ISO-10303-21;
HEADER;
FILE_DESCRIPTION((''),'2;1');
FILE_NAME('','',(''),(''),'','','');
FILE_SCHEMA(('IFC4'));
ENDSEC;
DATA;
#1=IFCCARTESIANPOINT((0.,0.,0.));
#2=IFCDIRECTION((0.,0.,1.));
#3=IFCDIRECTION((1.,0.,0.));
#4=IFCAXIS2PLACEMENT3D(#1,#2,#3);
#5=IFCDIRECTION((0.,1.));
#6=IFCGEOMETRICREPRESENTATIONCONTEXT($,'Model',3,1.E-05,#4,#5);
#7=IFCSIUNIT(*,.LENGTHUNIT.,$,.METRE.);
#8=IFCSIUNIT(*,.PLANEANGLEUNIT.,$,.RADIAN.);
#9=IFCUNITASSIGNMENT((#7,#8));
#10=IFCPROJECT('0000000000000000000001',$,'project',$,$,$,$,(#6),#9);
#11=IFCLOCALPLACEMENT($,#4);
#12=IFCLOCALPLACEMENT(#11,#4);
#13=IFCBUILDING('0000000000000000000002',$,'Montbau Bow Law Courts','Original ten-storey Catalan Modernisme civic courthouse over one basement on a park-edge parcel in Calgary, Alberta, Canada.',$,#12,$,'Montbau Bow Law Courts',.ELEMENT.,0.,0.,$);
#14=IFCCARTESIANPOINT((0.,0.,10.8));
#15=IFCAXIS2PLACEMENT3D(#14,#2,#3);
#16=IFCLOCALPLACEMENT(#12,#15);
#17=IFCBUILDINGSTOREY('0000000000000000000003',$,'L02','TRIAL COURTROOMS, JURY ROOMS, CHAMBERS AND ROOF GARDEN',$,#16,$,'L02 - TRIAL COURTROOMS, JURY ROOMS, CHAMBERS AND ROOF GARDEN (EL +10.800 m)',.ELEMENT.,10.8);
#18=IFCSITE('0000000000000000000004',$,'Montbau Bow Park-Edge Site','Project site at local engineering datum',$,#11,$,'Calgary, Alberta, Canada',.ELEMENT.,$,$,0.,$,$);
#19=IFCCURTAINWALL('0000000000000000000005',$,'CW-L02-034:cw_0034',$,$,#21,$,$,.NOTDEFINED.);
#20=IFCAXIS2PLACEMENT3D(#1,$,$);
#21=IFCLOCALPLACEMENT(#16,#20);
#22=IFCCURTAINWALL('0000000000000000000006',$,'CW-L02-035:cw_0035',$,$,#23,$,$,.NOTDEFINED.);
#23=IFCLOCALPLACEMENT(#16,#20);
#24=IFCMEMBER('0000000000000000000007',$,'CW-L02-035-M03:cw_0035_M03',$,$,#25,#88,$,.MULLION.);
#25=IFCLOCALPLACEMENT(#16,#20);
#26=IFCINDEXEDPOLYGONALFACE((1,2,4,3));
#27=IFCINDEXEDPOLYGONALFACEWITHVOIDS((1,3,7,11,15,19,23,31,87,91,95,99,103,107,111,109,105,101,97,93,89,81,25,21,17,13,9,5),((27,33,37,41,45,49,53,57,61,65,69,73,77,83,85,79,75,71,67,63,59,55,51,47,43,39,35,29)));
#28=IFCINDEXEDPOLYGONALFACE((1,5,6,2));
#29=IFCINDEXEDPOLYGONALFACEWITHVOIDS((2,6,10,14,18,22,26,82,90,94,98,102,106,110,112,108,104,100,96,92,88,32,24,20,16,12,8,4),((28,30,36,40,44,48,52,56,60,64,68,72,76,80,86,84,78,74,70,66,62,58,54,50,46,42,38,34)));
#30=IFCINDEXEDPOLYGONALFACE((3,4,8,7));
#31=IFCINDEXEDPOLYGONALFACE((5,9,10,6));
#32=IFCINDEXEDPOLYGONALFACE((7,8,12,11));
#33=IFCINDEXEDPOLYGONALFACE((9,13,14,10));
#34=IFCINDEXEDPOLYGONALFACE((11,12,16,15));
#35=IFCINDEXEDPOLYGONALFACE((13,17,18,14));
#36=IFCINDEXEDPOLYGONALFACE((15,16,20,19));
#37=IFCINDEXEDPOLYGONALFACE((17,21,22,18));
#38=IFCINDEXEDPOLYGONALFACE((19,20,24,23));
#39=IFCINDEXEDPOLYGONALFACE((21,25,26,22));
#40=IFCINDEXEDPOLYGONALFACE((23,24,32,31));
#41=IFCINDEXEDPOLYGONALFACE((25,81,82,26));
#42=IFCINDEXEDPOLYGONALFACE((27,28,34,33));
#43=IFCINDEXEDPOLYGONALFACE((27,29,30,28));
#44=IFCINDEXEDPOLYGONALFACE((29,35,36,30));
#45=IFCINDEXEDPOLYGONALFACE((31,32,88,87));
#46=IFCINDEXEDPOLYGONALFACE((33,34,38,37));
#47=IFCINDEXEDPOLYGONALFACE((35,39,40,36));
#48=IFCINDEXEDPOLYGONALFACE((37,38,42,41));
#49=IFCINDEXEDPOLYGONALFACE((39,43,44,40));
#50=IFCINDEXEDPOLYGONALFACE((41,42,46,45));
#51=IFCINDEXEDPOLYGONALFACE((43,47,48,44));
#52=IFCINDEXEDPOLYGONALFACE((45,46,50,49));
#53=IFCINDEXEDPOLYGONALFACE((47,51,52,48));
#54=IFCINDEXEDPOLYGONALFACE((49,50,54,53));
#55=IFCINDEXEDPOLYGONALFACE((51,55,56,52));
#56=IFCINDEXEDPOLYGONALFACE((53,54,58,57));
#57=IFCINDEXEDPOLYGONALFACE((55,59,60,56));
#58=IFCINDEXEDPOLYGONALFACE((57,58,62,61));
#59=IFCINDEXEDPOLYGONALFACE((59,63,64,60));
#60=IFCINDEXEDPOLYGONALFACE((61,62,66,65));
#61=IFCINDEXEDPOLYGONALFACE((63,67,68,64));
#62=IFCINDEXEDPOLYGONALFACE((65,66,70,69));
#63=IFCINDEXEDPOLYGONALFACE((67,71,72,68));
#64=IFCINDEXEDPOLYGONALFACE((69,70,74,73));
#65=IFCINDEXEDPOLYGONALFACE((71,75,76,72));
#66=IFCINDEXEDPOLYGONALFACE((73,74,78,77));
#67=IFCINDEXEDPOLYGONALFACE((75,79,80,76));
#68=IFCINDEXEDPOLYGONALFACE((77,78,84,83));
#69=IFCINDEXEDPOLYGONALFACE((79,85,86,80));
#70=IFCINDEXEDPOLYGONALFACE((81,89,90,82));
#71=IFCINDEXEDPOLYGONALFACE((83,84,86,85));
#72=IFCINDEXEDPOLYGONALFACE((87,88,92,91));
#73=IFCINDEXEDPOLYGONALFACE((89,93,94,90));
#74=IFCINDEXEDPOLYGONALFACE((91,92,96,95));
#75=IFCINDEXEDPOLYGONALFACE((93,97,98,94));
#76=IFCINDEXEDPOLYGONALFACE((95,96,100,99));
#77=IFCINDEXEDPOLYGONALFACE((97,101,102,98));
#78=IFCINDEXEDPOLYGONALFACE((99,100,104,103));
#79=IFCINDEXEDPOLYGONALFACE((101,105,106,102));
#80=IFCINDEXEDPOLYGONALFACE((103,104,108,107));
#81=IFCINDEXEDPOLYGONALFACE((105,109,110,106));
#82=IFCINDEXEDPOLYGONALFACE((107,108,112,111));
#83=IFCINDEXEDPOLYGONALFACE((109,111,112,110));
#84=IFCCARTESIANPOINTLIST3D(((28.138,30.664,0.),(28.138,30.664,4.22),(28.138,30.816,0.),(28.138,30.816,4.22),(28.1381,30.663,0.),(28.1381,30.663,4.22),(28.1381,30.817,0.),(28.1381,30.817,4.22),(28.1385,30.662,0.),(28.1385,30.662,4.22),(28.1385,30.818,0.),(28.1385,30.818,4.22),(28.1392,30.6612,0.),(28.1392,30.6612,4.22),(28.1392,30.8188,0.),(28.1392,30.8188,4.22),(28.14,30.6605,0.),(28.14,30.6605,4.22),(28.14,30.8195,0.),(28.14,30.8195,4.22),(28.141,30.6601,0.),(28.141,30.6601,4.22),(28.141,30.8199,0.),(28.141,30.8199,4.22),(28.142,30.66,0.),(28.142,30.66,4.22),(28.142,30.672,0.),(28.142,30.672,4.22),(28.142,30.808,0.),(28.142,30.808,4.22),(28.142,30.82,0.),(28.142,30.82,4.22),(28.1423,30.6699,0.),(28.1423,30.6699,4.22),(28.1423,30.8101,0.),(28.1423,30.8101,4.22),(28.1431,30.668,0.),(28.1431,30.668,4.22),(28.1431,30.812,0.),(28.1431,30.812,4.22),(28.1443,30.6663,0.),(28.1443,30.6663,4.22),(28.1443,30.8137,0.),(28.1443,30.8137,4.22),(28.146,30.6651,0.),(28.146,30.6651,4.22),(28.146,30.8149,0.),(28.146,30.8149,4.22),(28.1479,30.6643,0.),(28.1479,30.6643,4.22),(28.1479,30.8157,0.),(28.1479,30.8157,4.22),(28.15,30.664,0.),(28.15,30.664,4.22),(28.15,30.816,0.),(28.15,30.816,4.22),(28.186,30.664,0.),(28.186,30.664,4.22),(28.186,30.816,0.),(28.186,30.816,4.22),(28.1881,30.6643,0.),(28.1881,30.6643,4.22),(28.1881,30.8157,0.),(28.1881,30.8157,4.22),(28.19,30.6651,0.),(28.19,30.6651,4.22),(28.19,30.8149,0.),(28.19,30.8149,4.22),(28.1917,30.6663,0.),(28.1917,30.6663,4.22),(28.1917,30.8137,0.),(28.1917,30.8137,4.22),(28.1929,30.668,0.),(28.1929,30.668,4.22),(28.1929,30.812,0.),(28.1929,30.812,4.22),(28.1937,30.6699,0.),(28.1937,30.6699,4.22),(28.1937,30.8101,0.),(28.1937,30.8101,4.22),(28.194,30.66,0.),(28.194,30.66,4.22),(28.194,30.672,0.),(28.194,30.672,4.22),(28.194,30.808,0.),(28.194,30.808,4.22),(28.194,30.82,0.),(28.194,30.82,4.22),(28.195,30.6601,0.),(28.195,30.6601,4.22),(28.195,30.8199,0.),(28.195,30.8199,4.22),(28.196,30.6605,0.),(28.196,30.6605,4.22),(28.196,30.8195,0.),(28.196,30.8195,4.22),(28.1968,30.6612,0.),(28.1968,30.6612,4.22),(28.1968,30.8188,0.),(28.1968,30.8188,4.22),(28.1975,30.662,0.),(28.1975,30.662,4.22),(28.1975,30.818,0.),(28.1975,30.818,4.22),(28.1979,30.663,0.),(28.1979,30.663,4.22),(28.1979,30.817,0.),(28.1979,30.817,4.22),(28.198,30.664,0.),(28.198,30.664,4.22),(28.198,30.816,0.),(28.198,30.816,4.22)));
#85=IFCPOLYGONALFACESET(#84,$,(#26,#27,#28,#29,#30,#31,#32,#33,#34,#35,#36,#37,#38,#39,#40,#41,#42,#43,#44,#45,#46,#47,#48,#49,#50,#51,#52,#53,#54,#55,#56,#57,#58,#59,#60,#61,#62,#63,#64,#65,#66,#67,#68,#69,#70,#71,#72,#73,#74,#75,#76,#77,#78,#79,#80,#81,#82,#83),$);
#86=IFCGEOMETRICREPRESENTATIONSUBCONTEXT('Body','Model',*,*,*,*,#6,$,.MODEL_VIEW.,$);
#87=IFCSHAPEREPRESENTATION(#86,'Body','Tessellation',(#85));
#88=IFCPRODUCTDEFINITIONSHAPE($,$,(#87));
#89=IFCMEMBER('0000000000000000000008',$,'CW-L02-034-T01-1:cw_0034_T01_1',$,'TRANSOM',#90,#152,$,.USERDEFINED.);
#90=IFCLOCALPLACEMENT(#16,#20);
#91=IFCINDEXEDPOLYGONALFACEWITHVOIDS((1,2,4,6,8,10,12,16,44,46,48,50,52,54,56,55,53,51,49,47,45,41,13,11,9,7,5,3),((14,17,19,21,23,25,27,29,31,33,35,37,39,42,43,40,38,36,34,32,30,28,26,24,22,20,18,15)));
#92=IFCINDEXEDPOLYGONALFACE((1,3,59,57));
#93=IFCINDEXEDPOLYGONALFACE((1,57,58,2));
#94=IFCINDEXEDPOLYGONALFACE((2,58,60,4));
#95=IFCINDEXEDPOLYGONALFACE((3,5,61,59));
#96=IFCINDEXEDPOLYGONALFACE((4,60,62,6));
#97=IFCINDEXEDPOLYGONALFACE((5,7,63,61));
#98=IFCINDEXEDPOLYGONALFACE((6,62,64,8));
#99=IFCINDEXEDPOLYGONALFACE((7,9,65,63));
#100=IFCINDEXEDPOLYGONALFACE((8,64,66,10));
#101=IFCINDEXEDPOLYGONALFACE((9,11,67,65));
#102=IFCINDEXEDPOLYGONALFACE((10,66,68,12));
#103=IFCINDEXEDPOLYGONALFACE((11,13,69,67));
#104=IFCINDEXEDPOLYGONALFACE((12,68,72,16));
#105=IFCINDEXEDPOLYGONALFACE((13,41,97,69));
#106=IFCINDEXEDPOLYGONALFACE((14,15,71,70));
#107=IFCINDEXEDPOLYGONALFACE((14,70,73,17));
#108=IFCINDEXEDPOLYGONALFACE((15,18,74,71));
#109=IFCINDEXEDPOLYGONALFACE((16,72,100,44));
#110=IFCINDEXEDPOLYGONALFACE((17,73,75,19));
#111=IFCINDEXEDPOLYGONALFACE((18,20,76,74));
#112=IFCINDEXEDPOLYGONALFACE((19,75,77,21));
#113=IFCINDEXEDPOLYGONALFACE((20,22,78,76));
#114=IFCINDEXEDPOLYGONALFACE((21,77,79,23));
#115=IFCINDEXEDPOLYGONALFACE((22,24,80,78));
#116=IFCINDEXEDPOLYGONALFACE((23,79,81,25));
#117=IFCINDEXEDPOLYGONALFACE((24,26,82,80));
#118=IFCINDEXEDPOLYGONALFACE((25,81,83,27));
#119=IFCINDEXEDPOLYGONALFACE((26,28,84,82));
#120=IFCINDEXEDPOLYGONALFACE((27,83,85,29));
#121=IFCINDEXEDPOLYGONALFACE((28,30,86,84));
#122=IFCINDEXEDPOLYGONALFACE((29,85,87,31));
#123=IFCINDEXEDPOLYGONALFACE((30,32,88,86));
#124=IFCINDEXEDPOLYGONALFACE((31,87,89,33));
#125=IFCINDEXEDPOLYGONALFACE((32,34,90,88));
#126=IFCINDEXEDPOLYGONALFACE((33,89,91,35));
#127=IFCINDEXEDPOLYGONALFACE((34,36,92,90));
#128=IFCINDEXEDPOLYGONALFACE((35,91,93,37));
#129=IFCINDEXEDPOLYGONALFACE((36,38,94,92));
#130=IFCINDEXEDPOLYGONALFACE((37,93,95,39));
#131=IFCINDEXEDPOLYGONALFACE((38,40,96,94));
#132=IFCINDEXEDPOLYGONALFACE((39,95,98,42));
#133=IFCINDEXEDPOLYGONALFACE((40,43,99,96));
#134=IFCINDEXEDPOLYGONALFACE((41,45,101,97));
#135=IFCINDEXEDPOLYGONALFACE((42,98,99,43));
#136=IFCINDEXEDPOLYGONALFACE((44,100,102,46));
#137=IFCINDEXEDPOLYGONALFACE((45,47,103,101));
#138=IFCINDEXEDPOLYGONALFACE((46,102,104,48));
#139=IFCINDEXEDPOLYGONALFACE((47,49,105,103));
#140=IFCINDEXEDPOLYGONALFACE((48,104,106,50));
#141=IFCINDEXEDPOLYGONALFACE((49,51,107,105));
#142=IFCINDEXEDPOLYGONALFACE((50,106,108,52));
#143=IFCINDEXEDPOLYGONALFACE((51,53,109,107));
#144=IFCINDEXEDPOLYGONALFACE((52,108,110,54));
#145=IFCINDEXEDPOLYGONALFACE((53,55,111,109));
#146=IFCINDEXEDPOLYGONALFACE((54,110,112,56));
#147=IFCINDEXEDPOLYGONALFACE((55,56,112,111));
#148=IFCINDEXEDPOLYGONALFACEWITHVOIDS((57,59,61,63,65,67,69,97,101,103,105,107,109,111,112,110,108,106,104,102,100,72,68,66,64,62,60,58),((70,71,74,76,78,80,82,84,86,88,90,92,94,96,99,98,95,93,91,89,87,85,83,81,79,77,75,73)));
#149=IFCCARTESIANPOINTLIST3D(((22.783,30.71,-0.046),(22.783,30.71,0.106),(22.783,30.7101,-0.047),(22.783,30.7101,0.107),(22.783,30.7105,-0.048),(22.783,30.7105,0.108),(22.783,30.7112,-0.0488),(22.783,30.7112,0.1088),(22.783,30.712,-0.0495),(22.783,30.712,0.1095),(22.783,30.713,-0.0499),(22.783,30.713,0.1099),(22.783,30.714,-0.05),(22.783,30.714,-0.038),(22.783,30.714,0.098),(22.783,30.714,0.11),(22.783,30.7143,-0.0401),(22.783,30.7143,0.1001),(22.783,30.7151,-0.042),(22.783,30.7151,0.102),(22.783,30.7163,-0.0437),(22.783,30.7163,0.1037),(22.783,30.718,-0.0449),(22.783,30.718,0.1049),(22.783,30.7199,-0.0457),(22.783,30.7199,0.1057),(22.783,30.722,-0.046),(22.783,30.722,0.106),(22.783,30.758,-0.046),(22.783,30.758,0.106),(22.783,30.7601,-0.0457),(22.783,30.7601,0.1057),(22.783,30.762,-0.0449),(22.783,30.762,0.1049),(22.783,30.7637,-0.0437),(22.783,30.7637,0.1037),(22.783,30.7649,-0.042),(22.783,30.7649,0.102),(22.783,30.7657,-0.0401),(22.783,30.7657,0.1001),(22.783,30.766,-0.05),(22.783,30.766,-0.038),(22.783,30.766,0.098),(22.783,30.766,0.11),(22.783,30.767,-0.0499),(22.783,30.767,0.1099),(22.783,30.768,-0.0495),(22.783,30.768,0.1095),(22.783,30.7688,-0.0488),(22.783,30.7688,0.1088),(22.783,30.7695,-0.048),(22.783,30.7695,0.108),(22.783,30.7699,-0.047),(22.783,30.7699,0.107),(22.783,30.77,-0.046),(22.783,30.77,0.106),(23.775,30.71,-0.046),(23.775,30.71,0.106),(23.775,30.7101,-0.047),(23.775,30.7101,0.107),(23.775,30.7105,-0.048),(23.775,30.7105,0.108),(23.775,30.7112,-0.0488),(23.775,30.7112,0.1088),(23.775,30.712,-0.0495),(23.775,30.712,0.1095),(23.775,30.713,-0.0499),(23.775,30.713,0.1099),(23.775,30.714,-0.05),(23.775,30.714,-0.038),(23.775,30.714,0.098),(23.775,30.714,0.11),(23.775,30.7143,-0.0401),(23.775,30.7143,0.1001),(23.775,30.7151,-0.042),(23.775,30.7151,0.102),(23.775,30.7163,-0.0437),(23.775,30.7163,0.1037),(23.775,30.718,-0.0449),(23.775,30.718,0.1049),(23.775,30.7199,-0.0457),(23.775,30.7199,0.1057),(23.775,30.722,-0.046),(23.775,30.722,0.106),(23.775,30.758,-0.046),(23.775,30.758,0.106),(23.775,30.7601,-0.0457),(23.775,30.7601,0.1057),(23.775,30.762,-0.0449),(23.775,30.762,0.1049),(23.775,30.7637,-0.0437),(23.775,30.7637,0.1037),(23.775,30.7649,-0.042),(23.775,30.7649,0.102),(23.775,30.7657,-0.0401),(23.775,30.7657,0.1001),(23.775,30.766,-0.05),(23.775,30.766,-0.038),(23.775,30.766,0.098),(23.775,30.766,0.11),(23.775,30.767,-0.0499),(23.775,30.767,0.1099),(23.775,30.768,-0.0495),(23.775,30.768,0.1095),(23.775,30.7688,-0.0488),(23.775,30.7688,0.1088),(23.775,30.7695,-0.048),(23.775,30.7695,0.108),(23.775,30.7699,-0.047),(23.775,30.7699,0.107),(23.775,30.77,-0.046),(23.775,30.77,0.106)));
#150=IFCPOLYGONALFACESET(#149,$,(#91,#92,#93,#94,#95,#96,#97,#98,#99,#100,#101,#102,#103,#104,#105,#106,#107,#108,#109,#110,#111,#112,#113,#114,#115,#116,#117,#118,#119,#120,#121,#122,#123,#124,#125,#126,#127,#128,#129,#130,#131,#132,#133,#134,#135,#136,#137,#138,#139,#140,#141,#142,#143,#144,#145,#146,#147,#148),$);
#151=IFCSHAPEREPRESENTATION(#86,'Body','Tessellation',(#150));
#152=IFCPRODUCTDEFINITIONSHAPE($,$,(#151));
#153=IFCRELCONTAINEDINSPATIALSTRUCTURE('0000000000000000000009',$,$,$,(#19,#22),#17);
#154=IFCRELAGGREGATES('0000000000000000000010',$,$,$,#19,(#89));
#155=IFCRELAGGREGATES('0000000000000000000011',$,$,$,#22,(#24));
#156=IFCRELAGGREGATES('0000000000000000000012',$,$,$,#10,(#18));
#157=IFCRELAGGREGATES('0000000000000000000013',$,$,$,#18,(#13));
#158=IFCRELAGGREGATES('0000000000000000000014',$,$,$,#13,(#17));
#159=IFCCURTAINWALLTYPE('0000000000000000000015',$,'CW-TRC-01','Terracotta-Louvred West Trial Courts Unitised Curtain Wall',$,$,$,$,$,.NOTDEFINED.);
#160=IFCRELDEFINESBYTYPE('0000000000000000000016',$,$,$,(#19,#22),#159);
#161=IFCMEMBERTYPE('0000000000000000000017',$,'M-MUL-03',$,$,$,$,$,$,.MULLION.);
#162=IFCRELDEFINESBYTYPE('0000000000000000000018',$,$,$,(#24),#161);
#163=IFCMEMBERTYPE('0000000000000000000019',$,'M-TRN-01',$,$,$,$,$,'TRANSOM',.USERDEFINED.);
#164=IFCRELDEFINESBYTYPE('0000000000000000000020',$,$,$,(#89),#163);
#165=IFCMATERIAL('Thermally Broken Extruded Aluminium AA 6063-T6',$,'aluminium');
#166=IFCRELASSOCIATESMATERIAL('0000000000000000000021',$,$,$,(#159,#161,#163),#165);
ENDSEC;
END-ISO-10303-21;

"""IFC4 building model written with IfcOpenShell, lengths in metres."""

from ifc_helpers import new_model, si_unit, direction, frame, origin_with_axes, origin_2d_with_axis, place, context, subcontext, project, spatial, hollow_rectangle, extrude, material, material_profile, profile_set, type_object, element, aggregate, save


model = new_model("IFC4")

# Units and contexts
model_context = context("Model", 3, precision=1e-05, world=origin_with_axes(), true_north=direction((0.0, 1.0)))
body_context = subcontext(model_context, "Body", "Model", "MODEL_VIEW")
ifc_project = project(units=[si_unit("LENGTHUNIT", "METRE"), si_unit("PLANEANGLEUNIT", "RADIAN")], contexts=[model_context])

# Site, building, storey
site_placement = place(None, origin_with_axes())
site = spatial("IfcSite", under=ifc_project, at=site_placement, Name="Montbau Bow Park-Edge Site", Description="Project site at local engineering datum", LongName="Calgary, Alberta, Canada", CompositionType="ELEMENT", RefElevation=0.0)
building_placement = place(site_placement, origin_with_axes())
building = spatial("IfcBuilding", under=site, at=building_placement, Name="Montbau Bow Law Courts", Description="Original ten-storey Catalan Modernisme civic courthouse over one basement on a park-edge parcel in Calgary, Alberta, Canada.", LongName="Montbau Bow Law Courts", CompositionType="ELEMENT", ElevationOfRefHeight=0.0, ElevationOfTerrain=0.0)
storey_placement = place(building_placement, frame((0.0, 0.0, 10.8), z_axis=(0.0, 0.0, 1.0), x_axis=(1.0, 0.0, 0.0)))
storey = spatial("IfcBuildingStorey", under=building, at=storey_placement, Name="L02", Description="TRIAL COURTROOMS, JURY ROOMS, CHAMBERS AND ROOF GARDEN", LongName="L02 - TRIAL COURTROOMS, JURY ROOMS, CHAMBERS AND ROOF GARDEN (EL +10.800 m)", CompositionType="ELEMENT", Elevation=10.8)

# Shared definitions
ifc_material_1 = material(Name="Thermally Broken Extruded Aluminium AA 6063-T6", Category="aluminium")
curtain_wall_type = type_object("IfcCurtainWallType", Name="CW-TRC-01", Description="Terracotta-Louvred West Trial Courts Unitised Curtain Wall", PredefinedType="NOTDEFINED", material=ifc_material_1)

# Curtain walls, member
curtain_wall_1_placement = place(None, frame((22.715, 30.74, 10.8), z_axis=(0.0, 0.0, 1.0), x_axis=(1.0, 0.0, 0.0)))
curtain_wall_1 = element("IfcCurtainWall", 1, at=curtain_wall_1_placement, inside=storey, type_object=curtain_wall_type, Name="CW-L02-034:cw_0034", PredefinedType="NOTDEFINED")
curtain_wall_2_placement = place(None, frame((25.496, 30.74, 10.8), z_axis=(0.0, 0.0, 1.0), x_axis=(1.0, 0.0, 0.0)))
curtain_wall_2 = element("IfcCurtainWall", 2, at=curtain_wall_2_placement, inside=storey, type_object=curtain_wall_type, Name="CW-L02-035:cw_0035", PredefinedType="NOTDEFINED")
ifc_material_profile_1 = material_profile(ifc_material_1, hollow_rectangle(XDim=0.06, YDim=0.16, WallThickness=0.004, InnerFilletRadius=0.008, OuterFilletRadius=0.004, at=origin_2d_with_axis()), Name="CWM-160X60", Category="Main", Priority=0)
ifc_profile_set_1 = profile_set([ifc_material_profile_1], Name="Thermally Broken Extruded Aluminium AA 6063-T6")
member_type_1 = type_object("IfcMemberType", Name="M-MUL-03", PredefinedType="MULLION", material=ifc_profile_set_1)
member_1_placement = place(None, frame((28.168, 30.74, 10.8), z_axis=(0.0, 0.0, 1.0), x_axis=(1.0, 0.0, 0.0)))
member_1 = element("IfcMember", 3, at=member_1_placement, type_object=member_type_1, Name="CW-L02-035-M03:cw_0035_M03", PredefinedType="MULLION", context=body_context, shape_type="SweptSolid", body=[
    extrude(hollow_rectangle(XDim=0.06, YDim=0.16, WallThickness=0.004, InnerFilletRadius=0.008, OuterFilletRadius=0.004, at=origin_2d_with_axis()), origin_with_axes(), (0.0, 0.0, 1.0), 4.22),
])

# Member
ifc_material_profile_2 = material_profile(ifc_material_1, hollow_rectangle(XDim=0.06, YDim=0.16, WallThickness=0.004, InnerFilletRadius=0.008, OuterFilletRadius=0.004, at=origin_2d_with_axis()), Name="CWT-160X60", Category="Main", Priority=0)
ifc_profile_set_2 = profile_set([ifc_material_profile_2], Name="Thermally Broken Extruded Aluminium AA 6063-T6")
member_type_2 = type_object("IfcMemberType", Name="M-TRN-01", ElementType="TRANSOM", PredefinedType="USERDEFINED", material=ifc_profile_set_2)
member_2_placement = place(None, frame((22.783, 30.74, 10.83), z_axis=(1.0, 0.0, 0.0), x_axis=(0.0, 1.0, 0.0)))
member_2 = element("IfcMember", 4, at=member_2_placement, type_object=member_type_2, Name="CW-L02-034-T01-1:cw_0034_T01_1", ObjectType="TRANSOM", PredefinedType="USERDEFINED", context=body_context, shape_type="SweptSolid", body=[
    extrude(hollow_rectangle(XDim=0.06, YDim=0.16, WallThickness=0.004, InnerFilletRadius=0.008, OuterFilletRadius=0.004, at=origin_2d_with_axis()), origin_with_axes(), (0.0, 0.0, 1.0), 0.992),
])

aggregate(curtain_wall_1, [member_2])
aggregate(curtain_wall_2, [member_1])

save(model, "model.ifc")
